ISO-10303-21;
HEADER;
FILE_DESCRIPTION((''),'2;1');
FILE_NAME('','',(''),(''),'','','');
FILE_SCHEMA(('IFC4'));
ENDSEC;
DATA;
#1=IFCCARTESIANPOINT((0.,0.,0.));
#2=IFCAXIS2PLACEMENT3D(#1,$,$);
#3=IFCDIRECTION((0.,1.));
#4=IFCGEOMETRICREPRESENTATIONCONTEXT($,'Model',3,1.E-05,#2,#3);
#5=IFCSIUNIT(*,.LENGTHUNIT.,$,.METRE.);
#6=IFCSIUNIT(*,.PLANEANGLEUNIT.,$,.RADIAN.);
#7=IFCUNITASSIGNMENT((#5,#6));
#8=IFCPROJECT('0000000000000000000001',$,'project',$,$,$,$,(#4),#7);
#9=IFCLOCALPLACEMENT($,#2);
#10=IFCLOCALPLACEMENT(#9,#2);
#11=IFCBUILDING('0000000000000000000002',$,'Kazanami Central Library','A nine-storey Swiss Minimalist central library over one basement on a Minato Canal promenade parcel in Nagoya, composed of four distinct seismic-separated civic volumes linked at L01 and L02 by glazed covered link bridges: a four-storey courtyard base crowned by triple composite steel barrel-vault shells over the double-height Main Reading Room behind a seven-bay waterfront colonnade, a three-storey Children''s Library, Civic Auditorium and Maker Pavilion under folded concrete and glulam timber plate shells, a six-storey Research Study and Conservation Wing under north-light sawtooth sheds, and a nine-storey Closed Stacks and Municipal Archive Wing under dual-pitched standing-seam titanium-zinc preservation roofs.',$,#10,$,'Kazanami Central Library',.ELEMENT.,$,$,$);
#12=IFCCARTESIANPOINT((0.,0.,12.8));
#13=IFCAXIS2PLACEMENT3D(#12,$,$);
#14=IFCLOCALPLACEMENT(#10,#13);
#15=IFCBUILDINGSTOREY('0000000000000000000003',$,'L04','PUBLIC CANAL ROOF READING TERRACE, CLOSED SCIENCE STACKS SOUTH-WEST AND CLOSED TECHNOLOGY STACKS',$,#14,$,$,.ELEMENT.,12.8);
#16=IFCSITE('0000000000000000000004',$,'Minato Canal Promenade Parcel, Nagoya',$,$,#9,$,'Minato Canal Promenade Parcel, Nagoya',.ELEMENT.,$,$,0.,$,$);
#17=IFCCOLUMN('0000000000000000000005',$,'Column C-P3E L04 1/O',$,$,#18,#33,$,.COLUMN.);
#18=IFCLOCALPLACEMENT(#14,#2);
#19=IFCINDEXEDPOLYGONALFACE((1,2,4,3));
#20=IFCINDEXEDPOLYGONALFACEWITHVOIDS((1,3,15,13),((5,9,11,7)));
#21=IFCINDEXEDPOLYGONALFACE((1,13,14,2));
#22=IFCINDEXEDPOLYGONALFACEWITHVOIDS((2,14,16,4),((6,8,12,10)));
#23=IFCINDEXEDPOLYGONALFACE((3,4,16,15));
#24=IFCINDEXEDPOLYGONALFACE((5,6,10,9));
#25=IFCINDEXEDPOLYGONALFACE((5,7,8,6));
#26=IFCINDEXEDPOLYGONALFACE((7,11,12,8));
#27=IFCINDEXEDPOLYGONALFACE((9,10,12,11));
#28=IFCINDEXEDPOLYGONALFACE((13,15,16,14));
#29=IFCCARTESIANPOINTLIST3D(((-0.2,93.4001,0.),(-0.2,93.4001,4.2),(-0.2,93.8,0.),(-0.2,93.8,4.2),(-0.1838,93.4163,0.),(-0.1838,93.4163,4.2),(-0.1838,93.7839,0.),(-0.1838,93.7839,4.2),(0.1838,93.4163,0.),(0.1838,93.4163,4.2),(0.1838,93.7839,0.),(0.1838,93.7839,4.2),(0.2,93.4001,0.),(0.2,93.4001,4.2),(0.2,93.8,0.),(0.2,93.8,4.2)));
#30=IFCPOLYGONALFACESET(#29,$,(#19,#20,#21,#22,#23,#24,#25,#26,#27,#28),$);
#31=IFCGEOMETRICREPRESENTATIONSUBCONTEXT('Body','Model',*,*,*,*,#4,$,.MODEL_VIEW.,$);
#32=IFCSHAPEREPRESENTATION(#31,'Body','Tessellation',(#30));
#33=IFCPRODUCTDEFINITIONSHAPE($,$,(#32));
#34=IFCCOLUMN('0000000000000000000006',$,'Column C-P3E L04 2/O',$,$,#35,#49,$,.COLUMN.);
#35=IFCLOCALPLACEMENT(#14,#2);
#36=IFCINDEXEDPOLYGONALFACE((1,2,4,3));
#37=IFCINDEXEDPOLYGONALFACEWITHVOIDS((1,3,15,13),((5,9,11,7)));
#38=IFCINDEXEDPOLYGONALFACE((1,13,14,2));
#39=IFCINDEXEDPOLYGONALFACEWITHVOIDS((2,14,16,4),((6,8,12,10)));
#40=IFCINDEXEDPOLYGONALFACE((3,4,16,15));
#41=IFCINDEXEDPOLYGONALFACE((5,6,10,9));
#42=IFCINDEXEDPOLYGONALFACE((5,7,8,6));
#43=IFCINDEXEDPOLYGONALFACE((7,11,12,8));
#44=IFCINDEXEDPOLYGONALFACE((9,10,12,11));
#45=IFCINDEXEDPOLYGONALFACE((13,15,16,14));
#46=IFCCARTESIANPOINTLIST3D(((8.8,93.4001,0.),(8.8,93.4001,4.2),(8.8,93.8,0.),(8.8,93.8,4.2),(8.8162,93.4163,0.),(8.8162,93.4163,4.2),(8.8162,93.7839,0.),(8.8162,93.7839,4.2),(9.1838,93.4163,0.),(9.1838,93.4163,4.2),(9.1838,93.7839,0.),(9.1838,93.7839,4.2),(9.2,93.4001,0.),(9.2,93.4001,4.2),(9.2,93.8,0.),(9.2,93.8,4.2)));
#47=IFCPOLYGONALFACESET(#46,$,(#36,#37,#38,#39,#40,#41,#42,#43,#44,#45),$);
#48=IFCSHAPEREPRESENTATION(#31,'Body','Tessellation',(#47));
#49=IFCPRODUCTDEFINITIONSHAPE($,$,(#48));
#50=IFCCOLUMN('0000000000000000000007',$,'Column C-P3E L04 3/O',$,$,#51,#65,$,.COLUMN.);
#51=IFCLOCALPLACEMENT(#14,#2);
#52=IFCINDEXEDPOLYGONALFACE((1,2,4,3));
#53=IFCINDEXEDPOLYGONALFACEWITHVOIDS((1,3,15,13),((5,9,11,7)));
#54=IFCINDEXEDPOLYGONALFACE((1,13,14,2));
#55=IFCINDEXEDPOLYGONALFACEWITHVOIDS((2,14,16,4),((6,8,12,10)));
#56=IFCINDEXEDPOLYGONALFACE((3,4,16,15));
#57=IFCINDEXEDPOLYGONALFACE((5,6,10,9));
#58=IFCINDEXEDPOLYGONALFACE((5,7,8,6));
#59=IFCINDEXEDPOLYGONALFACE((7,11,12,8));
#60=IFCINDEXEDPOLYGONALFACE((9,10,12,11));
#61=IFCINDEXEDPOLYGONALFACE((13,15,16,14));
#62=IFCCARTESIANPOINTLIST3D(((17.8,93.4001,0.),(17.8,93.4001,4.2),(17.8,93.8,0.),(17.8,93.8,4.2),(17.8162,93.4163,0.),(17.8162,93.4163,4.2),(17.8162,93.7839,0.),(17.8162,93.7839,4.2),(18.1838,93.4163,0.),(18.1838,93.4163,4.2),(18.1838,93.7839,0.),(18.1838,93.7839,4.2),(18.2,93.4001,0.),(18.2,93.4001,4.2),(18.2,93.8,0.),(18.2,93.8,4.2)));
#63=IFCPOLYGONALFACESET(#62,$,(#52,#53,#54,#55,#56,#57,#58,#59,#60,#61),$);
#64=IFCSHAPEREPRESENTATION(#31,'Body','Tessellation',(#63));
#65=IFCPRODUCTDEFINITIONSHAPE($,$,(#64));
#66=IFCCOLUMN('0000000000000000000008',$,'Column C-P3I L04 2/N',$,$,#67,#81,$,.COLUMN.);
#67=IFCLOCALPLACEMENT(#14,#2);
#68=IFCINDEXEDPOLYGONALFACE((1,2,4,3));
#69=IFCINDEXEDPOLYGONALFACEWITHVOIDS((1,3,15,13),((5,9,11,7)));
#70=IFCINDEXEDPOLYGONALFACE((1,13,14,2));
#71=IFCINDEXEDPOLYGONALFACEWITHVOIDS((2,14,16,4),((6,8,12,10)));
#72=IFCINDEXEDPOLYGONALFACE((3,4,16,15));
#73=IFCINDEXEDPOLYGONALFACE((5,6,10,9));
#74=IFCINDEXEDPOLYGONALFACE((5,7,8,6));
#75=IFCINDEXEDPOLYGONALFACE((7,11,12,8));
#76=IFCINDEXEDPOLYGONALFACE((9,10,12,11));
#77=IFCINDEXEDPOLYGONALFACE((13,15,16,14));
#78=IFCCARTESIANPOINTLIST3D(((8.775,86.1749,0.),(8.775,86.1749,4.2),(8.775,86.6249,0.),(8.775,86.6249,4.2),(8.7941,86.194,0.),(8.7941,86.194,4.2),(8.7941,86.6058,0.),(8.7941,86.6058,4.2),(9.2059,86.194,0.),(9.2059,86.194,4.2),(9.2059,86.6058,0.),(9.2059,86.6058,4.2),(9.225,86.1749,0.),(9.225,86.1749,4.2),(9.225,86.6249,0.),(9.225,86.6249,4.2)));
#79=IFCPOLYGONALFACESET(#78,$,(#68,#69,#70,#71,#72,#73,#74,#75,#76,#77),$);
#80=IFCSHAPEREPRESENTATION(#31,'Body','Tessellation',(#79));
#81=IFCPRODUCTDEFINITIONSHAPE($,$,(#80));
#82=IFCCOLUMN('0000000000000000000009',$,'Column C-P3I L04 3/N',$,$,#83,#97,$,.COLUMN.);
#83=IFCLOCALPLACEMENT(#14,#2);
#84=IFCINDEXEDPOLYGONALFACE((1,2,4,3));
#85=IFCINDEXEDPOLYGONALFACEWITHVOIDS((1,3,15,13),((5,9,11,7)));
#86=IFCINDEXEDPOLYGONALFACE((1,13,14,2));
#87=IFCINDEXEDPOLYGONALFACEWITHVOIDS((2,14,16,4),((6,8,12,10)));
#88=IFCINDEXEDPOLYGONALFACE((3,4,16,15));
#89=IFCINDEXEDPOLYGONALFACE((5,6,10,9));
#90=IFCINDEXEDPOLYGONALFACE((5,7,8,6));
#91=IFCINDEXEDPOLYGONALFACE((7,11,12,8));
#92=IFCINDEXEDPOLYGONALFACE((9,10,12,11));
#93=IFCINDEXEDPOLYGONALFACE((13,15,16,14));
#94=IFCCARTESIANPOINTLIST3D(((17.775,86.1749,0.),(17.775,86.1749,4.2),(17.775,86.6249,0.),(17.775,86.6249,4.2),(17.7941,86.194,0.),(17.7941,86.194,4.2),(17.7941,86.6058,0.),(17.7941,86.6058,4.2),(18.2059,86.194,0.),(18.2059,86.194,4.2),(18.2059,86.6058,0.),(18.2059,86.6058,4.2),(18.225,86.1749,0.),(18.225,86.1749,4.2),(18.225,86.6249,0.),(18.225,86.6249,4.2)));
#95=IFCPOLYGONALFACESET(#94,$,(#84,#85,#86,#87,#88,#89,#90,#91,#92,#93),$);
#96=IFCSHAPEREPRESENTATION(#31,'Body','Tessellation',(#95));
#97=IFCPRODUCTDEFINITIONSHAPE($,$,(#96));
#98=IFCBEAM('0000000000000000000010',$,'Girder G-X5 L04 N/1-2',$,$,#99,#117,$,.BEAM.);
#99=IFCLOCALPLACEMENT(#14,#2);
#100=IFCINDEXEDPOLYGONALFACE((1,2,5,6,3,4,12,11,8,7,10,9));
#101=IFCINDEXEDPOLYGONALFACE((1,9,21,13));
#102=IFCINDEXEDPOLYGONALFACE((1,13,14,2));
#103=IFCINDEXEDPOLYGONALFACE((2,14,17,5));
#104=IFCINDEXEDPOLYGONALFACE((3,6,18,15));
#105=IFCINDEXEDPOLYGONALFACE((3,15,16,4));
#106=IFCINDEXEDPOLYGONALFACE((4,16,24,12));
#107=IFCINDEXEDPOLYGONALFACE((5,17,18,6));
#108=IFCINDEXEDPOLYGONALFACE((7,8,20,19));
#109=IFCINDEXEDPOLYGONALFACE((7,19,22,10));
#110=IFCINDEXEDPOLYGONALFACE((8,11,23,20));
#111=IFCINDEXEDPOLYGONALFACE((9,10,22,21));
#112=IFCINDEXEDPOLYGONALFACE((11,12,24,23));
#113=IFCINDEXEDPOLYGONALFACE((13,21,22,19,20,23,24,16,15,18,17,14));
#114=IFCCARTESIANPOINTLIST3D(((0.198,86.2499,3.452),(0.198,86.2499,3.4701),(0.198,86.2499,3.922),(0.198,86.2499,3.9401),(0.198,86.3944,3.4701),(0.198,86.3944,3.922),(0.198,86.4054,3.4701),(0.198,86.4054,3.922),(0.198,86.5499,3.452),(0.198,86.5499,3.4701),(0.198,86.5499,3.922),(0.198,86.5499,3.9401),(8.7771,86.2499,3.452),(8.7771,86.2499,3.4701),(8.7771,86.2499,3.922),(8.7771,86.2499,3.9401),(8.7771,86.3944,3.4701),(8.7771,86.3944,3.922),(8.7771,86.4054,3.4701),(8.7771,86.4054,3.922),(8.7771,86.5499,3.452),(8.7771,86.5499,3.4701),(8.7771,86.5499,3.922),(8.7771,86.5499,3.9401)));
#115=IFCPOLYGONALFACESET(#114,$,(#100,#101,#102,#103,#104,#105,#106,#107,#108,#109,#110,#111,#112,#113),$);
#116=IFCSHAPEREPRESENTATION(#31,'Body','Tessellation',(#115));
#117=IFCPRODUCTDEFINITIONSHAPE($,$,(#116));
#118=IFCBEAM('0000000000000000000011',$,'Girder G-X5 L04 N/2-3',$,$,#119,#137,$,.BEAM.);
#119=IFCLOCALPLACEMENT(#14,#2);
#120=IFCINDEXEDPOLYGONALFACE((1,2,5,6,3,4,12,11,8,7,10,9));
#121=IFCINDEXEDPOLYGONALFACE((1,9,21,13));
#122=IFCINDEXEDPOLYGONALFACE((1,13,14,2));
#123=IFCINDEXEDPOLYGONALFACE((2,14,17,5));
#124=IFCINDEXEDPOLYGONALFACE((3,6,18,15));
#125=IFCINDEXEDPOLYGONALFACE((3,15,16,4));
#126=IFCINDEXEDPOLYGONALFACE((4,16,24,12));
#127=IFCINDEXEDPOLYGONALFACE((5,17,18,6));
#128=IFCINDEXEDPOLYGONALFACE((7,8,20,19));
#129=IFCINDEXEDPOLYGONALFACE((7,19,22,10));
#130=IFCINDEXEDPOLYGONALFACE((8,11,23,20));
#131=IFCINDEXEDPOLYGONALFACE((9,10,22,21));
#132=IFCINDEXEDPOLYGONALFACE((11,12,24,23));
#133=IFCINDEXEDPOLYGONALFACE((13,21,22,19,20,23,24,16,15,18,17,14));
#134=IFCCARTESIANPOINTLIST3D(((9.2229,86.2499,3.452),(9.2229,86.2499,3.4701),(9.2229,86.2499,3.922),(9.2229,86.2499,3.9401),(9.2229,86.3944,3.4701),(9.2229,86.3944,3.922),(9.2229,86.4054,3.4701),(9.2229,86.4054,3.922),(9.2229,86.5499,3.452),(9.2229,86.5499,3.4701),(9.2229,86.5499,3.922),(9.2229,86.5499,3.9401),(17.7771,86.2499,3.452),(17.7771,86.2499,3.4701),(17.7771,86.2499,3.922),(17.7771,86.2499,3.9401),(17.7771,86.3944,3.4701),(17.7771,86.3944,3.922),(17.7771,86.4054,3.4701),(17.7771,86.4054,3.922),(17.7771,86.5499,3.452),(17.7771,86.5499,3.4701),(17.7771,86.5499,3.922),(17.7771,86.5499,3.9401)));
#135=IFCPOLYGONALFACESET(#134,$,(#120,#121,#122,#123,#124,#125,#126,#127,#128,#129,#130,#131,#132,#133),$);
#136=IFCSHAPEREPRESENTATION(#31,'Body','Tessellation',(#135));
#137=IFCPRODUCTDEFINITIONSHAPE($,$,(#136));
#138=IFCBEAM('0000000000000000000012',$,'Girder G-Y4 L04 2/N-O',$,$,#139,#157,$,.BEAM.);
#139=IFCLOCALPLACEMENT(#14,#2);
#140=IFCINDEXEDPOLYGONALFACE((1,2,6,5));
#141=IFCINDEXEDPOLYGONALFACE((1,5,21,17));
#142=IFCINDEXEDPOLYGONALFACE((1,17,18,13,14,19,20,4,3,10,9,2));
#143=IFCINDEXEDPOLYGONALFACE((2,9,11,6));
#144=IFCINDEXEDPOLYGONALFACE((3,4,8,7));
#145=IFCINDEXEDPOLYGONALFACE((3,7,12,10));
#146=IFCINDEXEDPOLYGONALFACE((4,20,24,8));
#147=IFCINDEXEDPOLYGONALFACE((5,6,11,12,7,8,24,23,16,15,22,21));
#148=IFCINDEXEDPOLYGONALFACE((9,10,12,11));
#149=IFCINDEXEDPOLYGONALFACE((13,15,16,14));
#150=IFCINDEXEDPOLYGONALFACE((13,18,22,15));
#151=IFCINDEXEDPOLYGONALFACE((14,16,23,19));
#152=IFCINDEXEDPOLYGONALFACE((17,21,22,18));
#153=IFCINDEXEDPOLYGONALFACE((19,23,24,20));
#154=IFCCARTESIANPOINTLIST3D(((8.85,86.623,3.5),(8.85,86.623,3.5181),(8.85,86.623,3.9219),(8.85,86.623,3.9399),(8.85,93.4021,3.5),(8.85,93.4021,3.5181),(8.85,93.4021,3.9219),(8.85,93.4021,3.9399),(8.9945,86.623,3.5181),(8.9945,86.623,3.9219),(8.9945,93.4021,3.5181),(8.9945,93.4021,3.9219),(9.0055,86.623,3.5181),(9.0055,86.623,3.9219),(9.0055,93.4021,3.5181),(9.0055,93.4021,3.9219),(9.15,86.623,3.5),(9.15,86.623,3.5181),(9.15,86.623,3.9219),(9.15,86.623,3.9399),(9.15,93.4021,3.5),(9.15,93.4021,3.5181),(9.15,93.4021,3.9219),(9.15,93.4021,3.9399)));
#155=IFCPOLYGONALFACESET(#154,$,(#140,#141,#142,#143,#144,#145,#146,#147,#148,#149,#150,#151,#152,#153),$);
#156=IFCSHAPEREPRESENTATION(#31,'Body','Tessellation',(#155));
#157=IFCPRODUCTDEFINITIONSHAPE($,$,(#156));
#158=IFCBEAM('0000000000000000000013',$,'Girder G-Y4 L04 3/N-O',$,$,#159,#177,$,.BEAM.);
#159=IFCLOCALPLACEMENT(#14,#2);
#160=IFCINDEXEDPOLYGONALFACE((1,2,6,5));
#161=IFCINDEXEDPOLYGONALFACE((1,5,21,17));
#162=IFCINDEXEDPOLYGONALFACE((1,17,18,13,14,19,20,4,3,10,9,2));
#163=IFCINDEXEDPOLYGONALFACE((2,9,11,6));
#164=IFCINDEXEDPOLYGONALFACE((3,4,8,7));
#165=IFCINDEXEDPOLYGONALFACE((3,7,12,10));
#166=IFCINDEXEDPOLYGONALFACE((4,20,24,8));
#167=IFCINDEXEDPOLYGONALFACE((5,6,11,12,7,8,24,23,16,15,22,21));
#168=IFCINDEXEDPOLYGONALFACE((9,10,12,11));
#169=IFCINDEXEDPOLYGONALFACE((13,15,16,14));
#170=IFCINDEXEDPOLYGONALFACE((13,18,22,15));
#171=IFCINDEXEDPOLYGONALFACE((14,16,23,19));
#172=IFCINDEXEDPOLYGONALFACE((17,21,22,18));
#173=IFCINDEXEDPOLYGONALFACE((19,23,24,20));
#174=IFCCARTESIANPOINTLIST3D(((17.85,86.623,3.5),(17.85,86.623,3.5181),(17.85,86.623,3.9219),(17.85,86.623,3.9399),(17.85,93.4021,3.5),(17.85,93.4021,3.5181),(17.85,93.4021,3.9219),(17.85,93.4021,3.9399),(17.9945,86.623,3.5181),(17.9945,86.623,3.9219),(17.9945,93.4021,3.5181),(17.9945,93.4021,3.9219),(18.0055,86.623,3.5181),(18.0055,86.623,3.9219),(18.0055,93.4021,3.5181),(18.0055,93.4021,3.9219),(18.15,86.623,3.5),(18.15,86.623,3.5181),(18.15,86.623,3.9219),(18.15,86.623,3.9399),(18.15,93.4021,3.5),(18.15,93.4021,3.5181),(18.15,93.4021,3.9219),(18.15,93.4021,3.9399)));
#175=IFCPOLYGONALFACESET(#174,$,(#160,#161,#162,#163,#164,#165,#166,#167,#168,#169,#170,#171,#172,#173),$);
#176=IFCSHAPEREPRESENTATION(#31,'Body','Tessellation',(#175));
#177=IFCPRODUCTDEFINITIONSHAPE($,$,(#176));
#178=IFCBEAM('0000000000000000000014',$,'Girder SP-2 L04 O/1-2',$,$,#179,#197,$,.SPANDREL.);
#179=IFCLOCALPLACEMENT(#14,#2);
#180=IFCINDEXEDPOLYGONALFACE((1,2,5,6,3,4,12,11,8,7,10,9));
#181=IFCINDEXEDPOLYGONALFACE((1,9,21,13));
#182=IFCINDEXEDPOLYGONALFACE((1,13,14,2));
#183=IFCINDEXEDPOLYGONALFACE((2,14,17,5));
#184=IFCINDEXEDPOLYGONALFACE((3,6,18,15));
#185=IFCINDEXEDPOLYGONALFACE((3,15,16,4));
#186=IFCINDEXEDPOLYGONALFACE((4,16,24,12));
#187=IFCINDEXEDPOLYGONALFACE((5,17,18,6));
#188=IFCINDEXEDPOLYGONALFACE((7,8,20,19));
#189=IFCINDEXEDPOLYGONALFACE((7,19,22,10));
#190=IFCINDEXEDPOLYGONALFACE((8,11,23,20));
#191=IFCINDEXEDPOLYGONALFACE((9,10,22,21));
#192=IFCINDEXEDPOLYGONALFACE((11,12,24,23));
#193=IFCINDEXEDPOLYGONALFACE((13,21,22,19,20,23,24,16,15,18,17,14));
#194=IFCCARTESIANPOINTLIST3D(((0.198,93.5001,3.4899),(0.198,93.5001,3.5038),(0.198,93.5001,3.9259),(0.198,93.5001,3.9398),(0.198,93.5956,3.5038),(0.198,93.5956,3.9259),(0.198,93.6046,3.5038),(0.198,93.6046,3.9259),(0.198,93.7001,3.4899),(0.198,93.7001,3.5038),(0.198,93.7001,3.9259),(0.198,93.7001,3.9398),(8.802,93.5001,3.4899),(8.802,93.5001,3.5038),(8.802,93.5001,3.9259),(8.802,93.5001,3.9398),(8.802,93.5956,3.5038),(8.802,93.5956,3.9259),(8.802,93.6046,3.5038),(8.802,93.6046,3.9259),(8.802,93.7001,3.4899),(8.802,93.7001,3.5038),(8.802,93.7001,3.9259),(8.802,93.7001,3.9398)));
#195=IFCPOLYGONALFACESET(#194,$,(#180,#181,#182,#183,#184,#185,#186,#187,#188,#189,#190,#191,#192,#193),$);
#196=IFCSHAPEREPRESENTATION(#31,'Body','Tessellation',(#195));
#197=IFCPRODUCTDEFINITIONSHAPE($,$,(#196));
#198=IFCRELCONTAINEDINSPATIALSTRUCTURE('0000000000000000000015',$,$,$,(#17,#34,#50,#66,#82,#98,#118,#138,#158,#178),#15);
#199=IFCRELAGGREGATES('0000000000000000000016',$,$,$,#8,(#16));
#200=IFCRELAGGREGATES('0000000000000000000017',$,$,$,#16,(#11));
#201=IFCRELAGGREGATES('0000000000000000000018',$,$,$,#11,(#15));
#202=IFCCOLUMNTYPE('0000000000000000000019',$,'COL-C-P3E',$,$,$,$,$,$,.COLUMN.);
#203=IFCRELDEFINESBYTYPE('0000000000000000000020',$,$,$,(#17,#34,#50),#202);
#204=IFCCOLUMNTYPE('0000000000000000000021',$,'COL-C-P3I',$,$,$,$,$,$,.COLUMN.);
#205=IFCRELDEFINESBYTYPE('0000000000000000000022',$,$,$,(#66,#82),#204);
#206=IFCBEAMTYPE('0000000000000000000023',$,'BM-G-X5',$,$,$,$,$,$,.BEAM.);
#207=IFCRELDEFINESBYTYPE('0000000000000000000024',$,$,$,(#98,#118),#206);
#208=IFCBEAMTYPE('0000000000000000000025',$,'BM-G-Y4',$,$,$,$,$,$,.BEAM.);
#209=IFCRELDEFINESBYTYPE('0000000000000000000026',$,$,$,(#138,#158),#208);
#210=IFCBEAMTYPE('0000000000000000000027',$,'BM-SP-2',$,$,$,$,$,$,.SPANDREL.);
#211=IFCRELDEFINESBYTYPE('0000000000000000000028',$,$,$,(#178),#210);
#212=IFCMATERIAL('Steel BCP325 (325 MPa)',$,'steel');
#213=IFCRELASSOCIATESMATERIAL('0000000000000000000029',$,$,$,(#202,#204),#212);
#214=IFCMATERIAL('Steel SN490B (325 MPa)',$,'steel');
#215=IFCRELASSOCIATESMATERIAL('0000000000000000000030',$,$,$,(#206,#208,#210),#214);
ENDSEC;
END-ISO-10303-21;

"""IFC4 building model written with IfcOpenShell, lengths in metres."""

from ifc_helpers import new_model, si_unit, direction, frame, origin, origin_2d, place, context, subcontext, project, spatial, hollow_rectangle, i_section, extrude, material, material_profile, profile_set, type_object, element, save


model = new_model("IFC4")

# Units and contexts
model_context = context("Model", 3, precision=1e-05, world=origin(), true_north=direction((0.0, 1.0)))
body_context = subcontext(model_context, "Body", "Model", "MODEL_VIEW")
ifc_project = project(units=[si_unit("LENGTHUNIT", "METRE"), si_unit("PLANEANGLEUNIT", "RADIAN")], contexts=[model_context])

# Site, building, storey
site_placement = place(None, origin())
site = spatial("IfcSite", under=ifc_project, at=site_placement, Name="Minato Canal Promenade Parcel, Nagoya", LongName="Minato Canal Promenade Parcel, Nagoya", CompositionType="ELEMENT", RefElevation=0.0)
building_placement = place(site_placement, origin())
building = spatial("IfcBuilding", under=site, at=building_placement, Name="Kazanami Central Library", Description="A nine-storey Swiss Minimalist central library over one basement on a Minato Canal promenade parcel in Nagoya, composed of four distinct seismic-separated civic volumes linked at L01 and L02 by glazed covered link bridges: a four-storey courtyard base crowned by triple composite steel barrel-vault shells over the double-height Main Reading Room behind a seven-bay waterfront colonnade, a three-storey Children's Library, Civic Auditorium and Maker Pavilion under folded concrete and glulam timber plate shells, a six-storey Research Study and Conservation Wing under north-light sawtooth sheds, and a nine-storey Closed Stacks and Municipal Archive Wing under dual-pitched standing-seam titanium-zinc preservation roofs.", LongName="Kazanami Central Library", CompositionType="ELEMENT")
storey_placement = place(building_placement, frame((0.0, 0.0, 12.8)))
storey = spatial("IfcBuildingStorey", under=building, at=storey_placement, Name="L04", Description="PUBLIC CANAL ROOF READING TERRACE, CLOSED SCIENCE STACKS SOUTH-WEST AND CLOSED TECHNOLOGY STACKS", CompositionType="ELEMENT", Elevation=12.8)

# Columns
ifc_material_1 = material(Name="Steel BCP325 (325 MPa)", Category="steel")
ifc_material_profile_1 = material_profile(ifc_material_1, hollow_rectangle(XDim=0.3999, YDim=0.3999, WallThickness=0.0161, at=origin_2d()), Name="BCP-400x400x16")
ifc_profile_set_1 = profile_set([ifc_material_profile_1], Name="Steel BCP325 (325 MPa)")
column_type_1 = type_object("IfcColumnType", Name="COL-C-P3E", PredefinedType="COLUMN", material=ifc_profile_set_1)
for number, where, z_axis, x_axis, name in (
    (1, (0.0, 93.6001, 0.0), (0.0, 0.0, 1.0), (1.0, 0.0, 0.0), "Column C-P3E L04 1/O"),
    (2, (9.0, 93.6001, 0.0), (0.0, 0.0, 1.0), (1.0, 0.0, 0.0), "Column C-P3E L04 2/O"),
    (3, (18.0, 93.6001, 0.0), (0.0, 0.0, 1.0), (1.0, 0.0, 0.0), "Column C-P3E L04 3/O"),
):
    element("IfcColumn", number, at=place(storey_placement, frame(where, z_axis=z_axis, x_axis=x_axis)), inside=storey, type_object=column_type_1, Name=name, PredefinedType="COLUMN", context=body_context, shape_type="SweptSolid", body=[
        extrude(hollow_rectangle(XDim=0.3999, YDim=0.3999, WallThickness=0.0161, at=origin_2d()), origin(), (0.0, 0.0, 1.0), 4.2),
    ])
ifc_material_profile_2 = material_profile(ifc_material_1, hollow_rectangle(XDim=0.45, YDim=0.45, WallThickness=0.019, at=origin_2d()), Name="BCP-450x450x19")
ifc_profile_set_2 = profile_set([ifc_material_profile_2], Name="Steel BCP325 (325 MPa)")
column_type_2 = type_object("IfcColumnType", Name="COL-C-P3I", PredefinedType="COLUMN", material=ifc_profile_set_2)
for number, where, z_axis, x_axis, name in (
    (4, (9.0, 86.3999, 0.0), (0.0, 0.0, 1.0), (1.0, 0.0, 0.0), "Column C-P3I L04 2/N"),
    (5, (18.0, 86.3999, 0.0), (0.0, 0.0, 1.0), (1.0, 0.0, 0.0), "Column C-P3I L04 3/N"),
):
    element("IfcColumn", number, at=place(storey_placement, frame(where, z_axis=z_axis, x_axis=x_axis)), inside=storey, type_object=column_type_2, Name=name, PredefinedType="COLUMN", context=body_context, shape_type="SweptSolid", body=[
        extrude(hollow_rectangle(XDim=0.45, YDim=0.45, WallThickness=0.019, at=origin_2d()), origin(), (0.0, 0.0, 1.0), 4.2),
    ])

# Beams
ifc_material_2 = material(Name="Steel SN490B (325 MPa)", Category="steel")
ifc_material_profile_3 = material_profile(ifc_material_2, i_section(OverallWidth=0.3, OverallDepth=0.488, WebThickness=0.011, FlangeThickness=0.0181, at=origin_2d()), Name="H-488x300x11x18")
ifc_profile_set_3 = profile_set([ifc_material_profile_3], Name="Steel SN490B (325 MPa)")
beam_type_1 = type_object("IfcBeamType", Name="BM-G-X5", PredefinedType="BEAM", material=ifc_profile_set_3)
beam_1_placement = place(storey_placement, frame((0.198, 86.3999, 3.696), z_axis=(1.0, 0.0, 0.0), x_axis=(0.0, 1.0, 0.0)))
element("IfcBeam", 6, at=beam_1_placement, inside=storey, type_object=beam_type_1, Name="Girder G-X5 L04 N/1-2", PredefinedType="BEAM", context=body_context, shape_type="SweptSolid", body=[
    extrude(i_section(OverallWidth=0.3, OverallDepth=0.488, WebThickness=0.011, FlangeThickness=0.0181, at=origin_2d()), origin(), (0.0, 0.0, 1.0), 8.5791),
])
beam_2_placement = place(storey_placement, frame((9.2229, 86.3999, 3.696), z_axis=(1.0, 0.0, 0.0), x_axis=(0.0, 1.0, 0.0)))
element("IfcBeam", 7, at=beam_2_placement, inside=storey, type_object=beam_type_1, Name="Girder G-X5 L04 N/2-3", PredefinedType="BEAM", context=body_context, shape_type="SweptSolid", body=[
    extrude(i_section(OverallWidth=0.3, OverallDepth=0.488, WebThickness=0.011, FlangeThickness=0.0181, at=origin_2d()), origin(), (0.0, 0.0, 1.0), 8.5542),
])
ifc_material_profile_4 = material_profile(ifc_material_2, i_section(OverallWidth=0.3, OverallDepth=0.4399, WebThickness=0.011, FlangeThickness=0.0181, at=origin_2d()), Name="H-440x300x11x18")
ifc_profile_set_4 = profile_set([ifc_material_profile_4], Name="Steel SN490B (325 MPa)")
beam_type_2 = type_object("IfcBeamType", Name="BM-G-Y4", PredefinedType="BEAM", material=ifc_profile_set_4)
for number, where, z_axis, x_axis, name in (
    (8, (9.0, 86.623, 3.72), (0.0, 1.0, 0.0), (-1.0, 0.0, 0.0), "Girder G-Y4 L04 2/N-O"),
    (9, (18.0, 86.623, 3.72), (0.0, 1.0, 0.0), (-1.0, 0.0, 0.0), "Girder G-Y4 L04 3/N-O"),
):
    element("IfcBeam", number, at=place(storey_placement, frame(where, z_axis=z_axis, x_axis=x_axis)), inside=storey, type_object=beam_type_2, Name=name, PredefinedType="BEAM", context=body_context, shape_type="SweptSolid", body=[
        extrude(i_section(OverallWidth=0.3, OverallDepth=0.4399, WebThickness=0.011, FlangeThickness=0.0181, at=origin_2d()), origin(), (0.0, 0.0, 1.0), 6.7791),
    ])
ifc_material_profile_5 = material_profile(ifc_material_2, i_section(OverallWidth=0.2, OverallDepth=0.45, WebThickness=0.009, FlangeThickness=0.0139, at=origin_2d()), Name="H-450x200x9x14")
ifc_profile_set_5 = profile_set([ifc_material_profile_5], Name="Steel SN490B (325 MPa)")
beam_type_3 = type_object("IfcBeamType", Name="BM-SP-2", PredefinedType="SPANDREL", material=ifc_profile_set_5)
for number, where, z_axis, x_axis, name in (
    (10, (0.198, 93.6001, 3.7148), (1.0, 0.0, 0.0), (0.0, 1.0, 0.0), "Girder SP-2 L04 O/1-2"),
):
    element("IfcBeam", number, at=place(storey_placement, frame(where, z_axis=z_axis, x_axis=x_axis)), inside=storey, type_object=beam_type_3, Name=name, PredefinedType="SPANDREL", context=body_context, shape_type="SweptSolid", body=[
        extrude(i_section(OverallWidth=0.2, OverallDepth=0.45, WebThickness=0.009, FlangeThickness=0.0139, at=origin_2d()), origin(), (0.0, 0.0, 1.0), 8.604),
    ])

save(model, "model.ifc")
